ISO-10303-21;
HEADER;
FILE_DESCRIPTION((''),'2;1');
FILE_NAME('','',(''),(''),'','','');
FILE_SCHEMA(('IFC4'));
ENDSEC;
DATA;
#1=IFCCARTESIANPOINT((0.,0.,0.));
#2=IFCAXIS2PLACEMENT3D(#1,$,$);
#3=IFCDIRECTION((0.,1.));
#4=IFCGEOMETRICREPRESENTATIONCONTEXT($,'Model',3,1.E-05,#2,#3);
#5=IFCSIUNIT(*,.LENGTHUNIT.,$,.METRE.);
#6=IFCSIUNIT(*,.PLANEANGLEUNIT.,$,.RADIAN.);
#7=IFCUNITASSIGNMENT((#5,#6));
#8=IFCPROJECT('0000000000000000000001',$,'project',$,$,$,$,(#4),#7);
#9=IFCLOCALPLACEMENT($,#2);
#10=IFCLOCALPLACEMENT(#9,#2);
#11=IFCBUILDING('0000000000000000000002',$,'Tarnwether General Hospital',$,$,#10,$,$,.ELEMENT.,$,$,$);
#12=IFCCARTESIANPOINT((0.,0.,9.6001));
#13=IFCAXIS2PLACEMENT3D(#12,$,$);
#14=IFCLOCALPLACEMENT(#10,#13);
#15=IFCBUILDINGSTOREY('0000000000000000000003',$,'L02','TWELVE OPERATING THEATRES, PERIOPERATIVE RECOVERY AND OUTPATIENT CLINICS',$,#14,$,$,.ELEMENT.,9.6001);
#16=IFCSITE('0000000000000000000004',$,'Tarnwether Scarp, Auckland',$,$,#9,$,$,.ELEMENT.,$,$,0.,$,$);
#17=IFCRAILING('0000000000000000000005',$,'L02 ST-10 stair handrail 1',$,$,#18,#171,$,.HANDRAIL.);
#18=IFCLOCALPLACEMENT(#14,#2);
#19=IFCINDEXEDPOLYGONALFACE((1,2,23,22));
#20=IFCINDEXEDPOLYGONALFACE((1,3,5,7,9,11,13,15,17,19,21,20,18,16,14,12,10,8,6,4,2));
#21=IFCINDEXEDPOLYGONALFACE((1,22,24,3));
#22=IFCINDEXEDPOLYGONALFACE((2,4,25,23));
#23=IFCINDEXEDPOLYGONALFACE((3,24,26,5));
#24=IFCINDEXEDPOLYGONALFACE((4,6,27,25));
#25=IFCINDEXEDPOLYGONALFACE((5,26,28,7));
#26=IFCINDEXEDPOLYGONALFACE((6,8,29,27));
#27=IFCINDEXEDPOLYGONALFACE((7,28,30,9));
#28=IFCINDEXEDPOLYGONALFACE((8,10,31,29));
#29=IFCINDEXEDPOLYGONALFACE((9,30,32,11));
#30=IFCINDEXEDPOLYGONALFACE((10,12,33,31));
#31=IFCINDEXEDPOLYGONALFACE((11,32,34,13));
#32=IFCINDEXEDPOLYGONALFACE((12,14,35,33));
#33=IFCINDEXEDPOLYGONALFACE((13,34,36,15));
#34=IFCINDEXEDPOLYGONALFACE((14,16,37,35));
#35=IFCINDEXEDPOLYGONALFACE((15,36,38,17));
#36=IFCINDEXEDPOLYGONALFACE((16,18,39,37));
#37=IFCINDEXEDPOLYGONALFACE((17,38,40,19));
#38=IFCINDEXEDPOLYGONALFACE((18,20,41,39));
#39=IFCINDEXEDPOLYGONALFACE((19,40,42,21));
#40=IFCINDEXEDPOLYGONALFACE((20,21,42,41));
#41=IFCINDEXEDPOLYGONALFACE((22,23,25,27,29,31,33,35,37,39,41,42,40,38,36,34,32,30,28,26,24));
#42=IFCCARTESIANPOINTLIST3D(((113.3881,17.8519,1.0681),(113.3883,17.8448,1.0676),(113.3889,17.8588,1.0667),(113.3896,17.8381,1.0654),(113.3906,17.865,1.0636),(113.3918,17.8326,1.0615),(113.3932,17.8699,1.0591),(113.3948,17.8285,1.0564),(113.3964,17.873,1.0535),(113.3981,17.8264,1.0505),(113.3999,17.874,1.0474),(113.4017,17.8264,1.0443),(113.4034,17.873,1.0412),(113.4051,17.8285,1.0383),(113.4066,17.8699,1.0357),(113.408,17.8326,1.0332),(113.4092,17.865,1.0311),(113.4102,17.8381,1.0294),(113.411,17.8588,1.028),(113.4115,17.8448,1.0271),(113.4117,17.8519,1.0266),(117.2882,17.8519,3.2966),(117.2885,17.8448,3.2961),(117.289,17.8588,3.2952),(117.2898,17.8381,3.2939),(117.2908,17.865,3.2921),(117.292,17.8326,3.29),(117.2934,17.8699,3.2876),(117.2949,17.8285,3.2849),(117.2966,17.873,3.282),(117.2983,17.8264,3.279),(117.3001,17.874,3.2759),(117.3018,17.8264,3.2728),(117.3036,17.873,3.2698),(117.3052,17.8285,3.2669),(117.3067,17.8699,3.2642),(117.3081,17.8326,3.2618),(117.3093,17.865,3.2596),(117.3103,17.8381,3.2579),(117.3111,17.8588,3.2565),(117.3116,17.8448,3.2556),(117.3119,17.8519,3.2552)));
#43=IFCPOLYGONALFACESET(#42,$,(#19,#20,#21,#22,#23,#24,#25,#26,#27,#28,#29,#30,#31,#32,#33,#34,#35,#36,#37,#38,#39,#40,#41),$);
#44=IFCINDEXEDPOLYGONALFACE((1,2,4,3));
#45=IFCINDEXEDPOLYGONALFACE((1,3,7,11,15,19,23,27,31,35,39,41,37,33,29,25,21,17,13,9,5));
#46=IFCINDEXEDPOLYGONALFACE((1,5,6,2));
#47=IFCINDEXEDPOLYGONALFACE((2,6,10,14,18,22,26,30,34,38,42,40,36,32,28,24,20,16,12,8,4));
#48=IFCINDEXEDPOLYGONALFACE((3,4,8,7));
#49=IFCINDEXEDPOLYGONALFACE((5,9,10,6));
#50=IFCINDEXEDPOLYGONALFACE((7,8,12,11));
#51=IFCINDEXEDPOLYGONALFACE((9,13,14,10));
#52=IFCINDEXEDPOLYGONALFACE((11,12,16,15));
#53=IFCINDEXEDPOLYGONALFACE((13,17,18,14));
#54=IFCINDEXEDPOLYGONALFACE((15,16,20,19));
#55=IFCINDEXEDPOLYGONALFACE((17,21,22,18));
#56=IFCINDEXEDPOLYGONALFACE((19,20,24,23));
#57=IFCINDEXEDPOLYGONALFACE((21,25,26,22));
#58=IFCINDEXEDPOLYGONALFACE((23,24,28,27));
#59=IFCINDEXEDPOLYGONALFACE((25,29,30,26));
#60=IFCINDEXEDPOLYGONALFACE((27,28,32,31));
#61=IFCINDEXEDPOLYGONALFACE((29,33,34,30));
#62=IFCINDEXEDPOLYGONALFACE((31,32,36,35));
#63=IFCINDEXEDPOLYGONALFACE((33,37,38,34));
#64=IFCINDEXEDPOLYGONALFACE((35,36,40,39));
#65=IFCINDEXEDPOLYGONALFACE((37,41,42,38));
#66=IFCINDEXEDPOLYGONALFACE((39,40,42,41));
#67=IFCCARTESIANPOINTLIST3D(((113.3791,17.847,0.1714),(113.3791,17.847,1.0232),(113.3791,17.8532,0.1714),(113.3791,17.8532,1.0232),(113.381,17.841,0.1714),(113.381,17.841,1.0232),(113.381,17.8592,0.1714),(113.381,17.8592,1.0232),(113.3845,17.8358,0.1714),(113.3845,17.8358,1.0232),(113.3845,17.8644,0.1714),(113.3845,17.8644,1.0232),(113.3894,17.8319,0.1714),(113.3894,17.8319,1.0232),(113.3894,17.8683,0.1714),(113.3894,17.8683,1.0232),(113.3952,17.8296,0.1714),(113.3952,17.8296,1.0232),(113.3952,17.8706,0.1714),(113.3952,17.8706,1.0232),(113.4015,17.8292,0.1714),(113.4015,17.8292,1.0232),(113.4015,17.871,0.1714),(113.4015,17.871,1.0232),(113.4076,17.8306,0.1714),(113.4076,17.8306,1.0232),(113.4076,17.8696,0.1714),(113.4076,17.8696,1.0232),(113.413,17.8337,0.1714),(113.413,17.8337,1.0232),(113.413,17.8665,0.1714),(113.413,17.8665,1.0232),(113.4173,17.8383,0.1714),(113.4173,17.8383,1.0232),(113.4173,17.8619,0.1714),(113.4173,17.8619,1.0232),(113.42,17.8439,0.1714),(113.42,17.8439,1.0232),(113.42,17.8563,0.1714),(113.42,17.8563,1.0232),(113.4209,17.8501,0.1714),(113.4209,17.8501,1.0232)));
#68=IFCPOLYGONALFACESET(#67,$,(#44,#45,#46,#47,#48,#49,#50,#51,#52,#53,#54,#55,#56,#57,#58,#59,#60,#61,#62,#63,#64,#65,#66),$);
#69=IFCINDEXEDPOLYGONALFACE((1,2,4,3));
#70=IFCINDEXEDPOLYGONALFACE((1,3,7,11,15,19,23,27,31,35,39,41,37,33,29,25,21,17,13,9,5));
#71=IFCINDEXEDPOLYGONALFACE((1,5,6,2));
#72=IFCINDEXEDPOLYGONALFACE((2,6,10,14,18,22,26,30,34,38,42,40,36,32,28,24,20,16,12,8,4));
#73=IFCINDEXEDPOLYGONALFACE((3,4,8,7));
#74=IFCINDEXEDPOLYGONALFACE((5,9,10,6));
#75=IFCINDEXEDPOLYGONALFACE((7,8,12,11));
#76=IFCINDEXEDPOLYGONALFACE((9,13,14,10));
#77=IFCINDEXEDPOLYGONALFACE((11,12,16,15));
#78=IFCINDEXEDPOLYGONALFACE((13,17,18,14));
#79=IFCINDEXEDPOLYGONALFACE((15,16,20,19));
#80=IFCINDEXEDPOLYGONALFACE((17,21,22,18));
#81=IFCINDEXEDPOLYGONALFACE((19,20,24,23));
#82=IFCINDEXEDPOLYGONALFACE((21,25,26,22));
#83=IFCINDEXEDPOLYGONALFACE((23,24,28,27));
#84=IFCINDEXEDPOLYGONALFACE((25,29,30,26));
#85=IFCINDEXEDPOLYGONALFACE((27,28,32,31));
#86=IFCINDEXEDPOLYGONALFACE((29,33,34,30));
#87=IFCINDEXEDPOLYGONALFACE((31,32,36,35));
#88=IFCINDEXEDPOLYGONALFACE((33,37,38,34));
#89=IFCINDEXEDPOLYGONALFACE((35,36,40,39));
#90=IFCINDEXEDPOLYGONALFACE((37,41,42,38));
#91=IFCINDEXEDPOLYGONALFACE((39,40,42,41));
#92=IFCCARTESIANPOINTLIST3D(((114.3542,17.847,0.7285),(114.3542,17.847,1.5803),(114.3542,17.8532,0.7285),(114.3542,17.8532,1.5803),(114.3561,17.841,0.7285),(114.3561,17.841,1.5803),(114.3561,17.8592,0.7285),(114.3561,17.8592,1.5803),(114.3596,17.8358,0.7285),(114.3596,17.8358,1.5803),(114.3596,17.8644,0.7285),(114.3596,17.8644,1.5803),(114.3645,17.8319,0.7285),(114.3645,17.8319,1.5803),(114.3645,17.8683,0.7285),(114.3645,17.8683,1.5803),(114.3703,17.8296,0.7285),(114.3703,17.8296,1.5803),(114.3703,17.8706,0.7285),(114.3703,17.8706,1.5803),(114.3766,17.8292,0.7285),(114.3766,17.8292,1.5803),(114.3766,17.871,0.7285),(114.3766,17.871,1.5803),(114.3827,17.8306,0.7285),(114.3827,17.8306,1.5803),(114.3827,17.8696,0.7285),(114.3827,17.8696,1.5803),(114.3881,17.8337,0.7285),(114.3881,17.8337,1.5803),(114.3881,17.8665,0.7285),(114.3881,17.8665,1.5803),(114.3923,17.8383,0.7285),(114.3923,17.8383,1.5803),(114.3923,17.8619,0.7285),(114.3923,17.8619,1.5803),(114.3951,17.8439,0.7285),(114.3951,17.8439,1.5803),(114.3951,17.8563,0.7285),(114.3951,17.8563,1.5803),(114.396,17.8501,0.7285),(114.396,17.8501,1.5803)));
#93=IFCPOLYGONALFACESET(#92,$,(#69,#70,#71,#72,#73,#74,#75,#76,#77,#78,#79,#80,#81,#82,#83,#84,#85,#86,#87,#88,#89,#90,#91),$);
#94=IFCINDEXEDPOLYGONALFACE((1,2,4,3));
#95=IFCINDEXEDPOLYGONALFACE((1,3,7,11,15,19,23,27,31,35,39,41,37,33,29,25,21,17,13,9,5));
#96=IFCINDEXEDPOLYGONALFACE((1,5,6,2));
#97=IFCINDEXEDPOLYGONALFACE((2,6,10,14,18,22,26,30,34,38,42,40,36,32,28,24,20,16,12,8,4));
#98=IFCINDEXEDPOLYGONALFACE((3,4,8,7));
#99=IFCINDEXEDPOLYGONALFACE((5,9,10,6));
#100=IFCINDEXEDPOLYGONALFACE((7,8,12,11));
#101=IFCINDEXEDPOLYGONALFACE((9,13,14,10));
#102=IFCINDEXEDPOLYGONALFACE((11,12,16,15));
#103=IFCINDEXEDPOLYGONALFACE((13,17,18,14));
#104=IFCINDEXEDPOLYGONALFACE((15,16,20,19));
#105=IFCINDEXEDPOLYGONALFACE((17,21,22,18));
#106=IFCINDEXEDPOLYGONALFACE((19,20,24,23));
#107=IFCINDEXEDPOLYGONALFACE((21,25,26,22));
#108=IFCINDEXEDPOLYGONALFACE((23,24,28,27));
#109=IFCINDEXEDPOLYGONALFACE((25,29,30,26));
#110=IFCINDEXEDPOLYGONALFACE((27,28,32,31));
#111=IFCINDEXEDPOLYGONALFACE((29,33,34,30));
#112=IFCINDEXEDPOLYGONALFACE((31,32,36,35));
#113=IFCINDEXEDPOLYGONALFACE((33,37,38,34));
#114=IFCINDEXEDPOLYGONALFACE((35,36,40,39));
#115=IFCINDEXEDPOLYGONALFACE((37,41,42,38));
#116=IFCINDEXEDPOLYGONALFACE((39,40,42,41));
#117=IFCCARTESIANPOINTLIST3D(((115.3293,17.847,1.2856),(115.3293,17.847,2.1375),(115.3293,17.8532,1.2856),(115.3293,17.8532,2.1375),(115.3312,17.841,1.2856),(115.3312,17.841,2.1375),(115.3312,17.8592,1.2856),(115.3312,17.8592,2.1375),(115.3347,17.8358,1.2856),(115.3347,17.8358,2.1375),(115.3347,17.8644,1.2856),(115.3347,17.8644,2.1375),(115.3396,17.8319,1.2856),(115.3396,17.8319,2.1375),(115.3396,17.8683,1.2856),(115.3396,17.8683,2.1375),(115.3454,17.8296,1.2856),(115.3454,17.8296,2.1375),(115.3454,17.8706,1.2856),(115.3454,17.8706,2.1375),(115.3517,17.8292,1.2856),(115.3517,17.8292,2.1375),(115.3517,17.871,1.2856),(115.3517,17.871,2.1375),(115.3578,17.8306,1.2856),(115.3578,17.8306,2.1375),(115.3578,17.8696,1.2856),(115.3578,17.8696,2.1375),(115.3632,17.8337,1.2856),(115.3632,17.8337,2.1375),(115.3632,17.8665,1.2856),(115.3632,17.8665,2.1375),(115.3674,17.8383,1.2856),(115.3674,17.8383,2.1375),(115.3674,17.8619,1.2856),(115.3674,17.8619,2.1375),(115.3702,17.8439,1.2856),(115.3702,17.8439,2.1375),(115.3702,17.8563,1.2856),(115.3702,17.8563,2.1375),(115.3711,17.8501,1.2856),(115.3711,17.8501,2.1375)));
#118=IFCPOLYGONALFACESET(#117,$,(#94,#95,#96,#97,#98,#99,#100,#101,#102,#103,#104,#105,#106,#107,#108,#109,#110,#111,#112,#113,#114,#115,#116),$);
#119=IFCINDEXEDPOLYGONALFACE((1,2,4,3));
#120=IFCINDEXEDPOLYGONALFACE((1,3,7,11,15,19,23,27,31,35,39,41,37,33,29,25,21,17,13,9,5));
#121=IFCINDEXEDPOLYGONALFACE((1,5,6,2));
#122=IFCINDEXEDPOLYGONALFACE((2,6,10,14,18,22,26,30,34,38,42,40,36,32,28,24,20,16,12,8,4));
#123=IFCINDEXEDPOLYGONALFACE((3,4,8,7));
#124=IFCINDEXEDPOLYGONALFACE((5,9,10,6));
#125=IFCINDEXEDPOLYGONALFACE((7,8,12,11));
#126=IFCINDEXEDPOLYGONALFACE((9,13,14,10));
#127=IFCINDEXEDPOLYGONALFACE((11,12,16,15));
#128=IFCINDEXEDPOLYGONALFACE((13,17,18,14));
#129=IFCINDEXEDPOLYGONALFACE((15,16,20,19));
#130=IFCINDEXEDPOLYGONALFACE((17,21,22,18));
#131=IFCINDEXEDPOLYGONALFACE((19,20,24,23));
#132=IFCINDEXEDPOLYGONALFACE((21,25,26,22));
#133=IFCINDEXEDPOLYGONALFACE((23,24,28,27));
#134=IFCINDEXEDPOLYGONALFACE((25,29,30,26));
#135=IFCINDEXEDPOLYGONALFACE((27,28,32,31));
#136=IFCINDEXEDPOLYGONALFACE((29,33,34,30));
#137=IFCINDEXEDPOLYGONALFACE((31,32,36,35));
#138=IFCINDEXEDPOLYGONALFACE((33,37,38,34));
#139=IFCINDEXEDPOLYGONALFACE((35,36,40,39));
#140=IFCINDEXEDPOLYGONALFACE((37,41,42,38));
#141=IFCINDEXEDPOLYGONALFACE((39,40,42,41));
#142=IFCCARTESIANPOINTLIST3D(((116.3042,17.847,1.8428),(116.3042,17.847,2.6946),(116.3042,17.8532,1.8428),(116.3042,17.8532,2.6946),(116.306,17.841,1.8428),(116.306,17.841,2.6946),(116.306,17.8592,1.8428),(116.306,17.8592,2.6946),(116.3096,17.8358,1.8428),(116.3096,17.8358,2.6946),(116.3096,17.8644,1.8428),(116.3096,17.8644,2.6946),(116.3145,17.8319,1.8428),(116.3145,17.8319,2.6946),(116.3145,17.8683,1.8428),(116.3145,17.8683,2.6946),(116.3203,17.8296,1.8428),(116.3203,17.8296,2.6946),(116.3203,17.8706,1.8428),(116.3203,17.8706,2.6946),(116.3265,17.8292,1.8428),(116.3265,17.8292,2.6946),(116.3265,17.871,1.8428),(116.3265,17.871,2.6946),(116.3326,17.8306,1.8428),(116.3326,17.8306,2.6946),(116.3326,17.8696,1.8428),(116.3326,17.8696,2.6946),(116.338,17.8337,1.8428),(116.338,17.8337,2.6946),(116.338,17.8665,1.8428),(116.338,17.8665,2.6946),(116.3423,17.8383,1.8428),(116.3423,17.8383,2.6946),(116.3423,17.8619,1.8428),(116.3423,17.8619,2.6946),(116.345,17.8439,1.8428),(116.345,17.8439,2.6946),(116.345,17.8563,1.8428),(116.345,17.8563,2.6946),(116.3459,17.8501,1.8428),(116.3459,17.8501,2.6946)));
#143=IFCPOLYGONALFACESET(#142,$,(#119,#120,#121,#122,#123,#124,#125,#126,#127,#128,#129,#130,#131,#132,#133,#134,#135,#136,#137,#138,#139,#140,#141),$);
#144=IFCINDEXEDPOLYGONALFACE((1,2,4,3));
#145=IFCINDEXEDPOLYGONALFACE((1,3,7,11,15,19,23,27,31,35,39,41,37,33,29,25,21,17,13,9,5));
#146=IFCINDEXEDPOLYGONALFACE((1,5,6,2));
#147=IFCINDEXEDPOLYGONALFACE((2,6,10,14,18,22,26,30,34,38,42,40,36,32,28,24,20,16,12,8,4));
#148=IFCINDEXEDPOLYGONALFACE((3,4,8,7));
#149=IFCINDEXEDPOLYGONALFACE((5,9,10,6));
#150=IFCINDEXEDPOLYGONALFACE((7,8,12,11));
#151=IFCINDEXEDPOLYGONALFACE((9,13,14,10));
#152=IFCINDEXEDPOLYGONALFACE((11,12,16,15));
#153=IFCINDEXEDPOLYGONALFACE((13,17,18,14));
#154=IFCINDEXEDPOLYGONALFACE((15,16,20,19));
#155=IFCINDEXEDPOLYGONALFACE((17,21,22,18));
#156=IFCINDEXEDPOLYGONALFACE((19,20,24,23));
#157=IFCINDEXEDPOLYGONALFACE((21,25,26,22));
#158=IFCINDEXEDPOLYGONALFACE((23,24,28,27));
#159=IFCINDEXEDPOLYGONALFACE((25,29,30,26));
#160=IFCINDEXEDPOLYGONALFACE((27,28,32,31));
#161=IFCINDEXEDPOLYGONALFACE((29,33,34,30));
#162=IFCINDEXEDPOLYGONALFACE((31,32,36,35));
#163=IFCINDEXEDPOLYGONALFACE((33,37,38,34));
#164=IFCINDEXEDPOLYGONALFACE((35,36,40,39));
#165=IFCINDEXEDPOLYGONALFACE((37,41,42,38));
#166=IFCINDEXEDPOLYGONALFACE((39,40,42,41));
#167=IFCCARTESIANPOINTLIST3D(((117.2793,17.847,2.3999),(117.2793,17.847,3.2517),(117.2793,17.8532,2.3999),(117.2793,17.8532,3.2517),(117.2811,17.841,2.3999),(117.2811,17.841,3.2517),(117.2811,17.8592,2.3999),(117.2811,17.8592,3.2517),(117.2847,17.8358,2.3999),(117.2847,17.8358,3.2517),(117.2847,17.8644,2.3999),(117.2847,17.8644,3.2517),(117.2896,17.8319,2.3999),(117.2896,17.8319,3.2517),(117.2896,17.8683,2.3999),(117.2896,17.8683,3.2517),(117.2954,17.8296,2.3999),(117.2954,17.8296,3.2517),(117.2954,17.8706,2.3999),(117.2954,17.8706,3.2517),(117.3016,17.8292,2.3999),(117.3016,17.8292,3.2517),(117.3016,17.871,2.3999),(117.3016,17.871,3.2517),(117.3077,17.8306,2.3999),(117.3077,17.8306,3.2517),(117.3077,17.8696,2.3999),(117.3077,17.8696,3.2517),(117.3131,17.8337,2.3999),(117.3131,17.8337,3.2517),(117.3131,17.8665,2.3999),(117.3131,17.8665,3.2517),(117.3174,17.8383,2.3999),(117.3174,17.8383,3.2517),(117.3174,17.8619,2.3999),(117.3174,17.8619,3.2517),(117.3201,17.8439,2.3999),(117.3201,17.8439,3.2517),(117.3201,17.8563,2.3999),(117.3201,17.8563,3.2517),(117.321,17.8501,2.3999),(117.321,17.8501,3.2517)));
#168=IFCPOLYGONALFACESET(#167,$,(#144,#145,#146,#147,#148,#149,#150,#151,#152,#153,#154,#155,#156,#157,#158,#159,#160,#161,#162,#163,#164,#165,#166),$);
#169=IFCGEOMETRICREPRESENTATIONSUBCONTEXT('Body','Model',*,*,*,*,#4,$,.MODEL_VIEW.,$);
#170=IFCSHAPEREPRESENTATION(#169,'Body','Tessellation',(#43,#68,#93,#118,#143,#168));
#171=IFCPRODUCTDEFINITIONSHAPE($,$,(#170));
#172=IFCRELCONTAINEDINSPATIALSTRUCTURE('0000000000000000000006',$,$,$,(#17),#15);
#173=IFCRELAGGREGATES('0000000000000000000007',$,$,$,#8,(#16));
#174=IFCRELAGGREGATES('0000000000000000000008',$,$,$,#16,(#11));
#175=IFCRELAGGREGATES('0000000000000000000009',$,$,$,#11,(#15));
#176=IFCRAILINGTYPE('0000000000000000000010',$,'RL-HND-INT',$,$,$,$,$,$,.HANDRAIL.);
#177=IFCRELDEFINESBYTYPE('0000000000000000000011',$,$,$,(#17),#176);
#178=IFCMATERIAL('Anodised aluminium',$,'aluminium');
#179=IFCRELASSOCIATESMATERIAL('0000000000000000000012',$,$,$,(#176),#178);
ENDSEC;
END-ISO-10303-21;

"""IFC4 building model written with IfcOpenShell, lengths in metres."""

from ifc_helpers import new_model, si_unit, direction, frame, origin, origin_2d, place, context, subcontext, project, spatial, circle, extrude, material, type_object, element, save


model = new_model("IFC4")

# Units and contexts
model_context = context("Model", 3, precision=1e-05, world=origin(), true_north=direction((0.0, 1.0)))
body_context = subcontext(model_context, "Body", "Model", "MODEL_VIEW")
ifc_project = project(units=[si_unit("LENGTHUNIT", "METRE"), si_unit("PLANEANGLEUNIT", "RADIAN")], contexts=[model_context])

# Site, building, storey
site_placement = place(None, origin())
site = spatial("IfcSite", under=ifc_project, at=site_placement, Name="Tarnwether Scarp, Auckland", CompositionType="ELEMENT", RefElevation=0.0)
building_placement = place(site_placement, origin())
building = spatial("IfcBuilding", under=site, at=building_placement, Name="Tarnwether General Hospital", CompositionType="ELEMENT")
storey_placement = place(building_placement, frame((0.0, 0.0, 9.6001)))
storey = spatial("IfcBuildingStorey", under=building, at=storey_placement, Name="L02", Description="TWELVE OPERATING THEATRES, PERIOPERATIVE RECOVERY AND OUTPATIENT CLINICS", CompositionType="ELEMENT", Elevation=9.6001)

# Railing
ifc_material_1 = material(Name="Anodised aluminium", Category="aluminium")
railing_type_1 = type_object("IfcRailingType", Name="RL-HND-INT", PredefinedType="HANDRAIL", material=ifc_material_1)
railing_1_placement = place(storey_placement, frame((113.3999, 17.8501, 0.1714)))
element("IfcRailing", 1, at=railing_1_placement, inside=storey, type_object=railing_type_1, Name="L02 ST-10 stair handrail 1", PredefinedType="HANDRAIL", context=body_context, shape_type="SweptSolid", body=[
    extrude(circle(Radius=0.0239, at=origin_2d()), frame((0.0, 0.0, 0.876), z_axis=(0.868257, 0.0, 0.496116), x_axis=(0.0, 1.0, 0.0)), (0.0, 0.0, 1.0), 4.4919),
    extrude(circle(Radius=0.021, at=origin_2d()), origin(), (0.0, 0.0, 1.0), 0.8518),
    extrude(circle(Radius=0.021, at=origin_2d()), frame((0.9751, 0.0, 0.5571)), (0.0, 0.0, 1.0), 0.8518),
    extrude(circle(Radius=0.021, at=origin_2d()), frame((1.9502, 0.0, 1.1143)), (0.0, 0.0, 1.0), 0.8518),
    extrude(circle(Radius=0.021, at=origin_2d()), frame((2.925, 0.0, 1.6714)), (0.0, 0.0, 1.0), 0.8518),
    extrude(circle(Radius=0.021, at=origin_2d()), frame((3.9001, 0.0, 2.2285)), (0.0, 0.0, 1.0), 0.8518),
])

save(model, "model.ifc")
